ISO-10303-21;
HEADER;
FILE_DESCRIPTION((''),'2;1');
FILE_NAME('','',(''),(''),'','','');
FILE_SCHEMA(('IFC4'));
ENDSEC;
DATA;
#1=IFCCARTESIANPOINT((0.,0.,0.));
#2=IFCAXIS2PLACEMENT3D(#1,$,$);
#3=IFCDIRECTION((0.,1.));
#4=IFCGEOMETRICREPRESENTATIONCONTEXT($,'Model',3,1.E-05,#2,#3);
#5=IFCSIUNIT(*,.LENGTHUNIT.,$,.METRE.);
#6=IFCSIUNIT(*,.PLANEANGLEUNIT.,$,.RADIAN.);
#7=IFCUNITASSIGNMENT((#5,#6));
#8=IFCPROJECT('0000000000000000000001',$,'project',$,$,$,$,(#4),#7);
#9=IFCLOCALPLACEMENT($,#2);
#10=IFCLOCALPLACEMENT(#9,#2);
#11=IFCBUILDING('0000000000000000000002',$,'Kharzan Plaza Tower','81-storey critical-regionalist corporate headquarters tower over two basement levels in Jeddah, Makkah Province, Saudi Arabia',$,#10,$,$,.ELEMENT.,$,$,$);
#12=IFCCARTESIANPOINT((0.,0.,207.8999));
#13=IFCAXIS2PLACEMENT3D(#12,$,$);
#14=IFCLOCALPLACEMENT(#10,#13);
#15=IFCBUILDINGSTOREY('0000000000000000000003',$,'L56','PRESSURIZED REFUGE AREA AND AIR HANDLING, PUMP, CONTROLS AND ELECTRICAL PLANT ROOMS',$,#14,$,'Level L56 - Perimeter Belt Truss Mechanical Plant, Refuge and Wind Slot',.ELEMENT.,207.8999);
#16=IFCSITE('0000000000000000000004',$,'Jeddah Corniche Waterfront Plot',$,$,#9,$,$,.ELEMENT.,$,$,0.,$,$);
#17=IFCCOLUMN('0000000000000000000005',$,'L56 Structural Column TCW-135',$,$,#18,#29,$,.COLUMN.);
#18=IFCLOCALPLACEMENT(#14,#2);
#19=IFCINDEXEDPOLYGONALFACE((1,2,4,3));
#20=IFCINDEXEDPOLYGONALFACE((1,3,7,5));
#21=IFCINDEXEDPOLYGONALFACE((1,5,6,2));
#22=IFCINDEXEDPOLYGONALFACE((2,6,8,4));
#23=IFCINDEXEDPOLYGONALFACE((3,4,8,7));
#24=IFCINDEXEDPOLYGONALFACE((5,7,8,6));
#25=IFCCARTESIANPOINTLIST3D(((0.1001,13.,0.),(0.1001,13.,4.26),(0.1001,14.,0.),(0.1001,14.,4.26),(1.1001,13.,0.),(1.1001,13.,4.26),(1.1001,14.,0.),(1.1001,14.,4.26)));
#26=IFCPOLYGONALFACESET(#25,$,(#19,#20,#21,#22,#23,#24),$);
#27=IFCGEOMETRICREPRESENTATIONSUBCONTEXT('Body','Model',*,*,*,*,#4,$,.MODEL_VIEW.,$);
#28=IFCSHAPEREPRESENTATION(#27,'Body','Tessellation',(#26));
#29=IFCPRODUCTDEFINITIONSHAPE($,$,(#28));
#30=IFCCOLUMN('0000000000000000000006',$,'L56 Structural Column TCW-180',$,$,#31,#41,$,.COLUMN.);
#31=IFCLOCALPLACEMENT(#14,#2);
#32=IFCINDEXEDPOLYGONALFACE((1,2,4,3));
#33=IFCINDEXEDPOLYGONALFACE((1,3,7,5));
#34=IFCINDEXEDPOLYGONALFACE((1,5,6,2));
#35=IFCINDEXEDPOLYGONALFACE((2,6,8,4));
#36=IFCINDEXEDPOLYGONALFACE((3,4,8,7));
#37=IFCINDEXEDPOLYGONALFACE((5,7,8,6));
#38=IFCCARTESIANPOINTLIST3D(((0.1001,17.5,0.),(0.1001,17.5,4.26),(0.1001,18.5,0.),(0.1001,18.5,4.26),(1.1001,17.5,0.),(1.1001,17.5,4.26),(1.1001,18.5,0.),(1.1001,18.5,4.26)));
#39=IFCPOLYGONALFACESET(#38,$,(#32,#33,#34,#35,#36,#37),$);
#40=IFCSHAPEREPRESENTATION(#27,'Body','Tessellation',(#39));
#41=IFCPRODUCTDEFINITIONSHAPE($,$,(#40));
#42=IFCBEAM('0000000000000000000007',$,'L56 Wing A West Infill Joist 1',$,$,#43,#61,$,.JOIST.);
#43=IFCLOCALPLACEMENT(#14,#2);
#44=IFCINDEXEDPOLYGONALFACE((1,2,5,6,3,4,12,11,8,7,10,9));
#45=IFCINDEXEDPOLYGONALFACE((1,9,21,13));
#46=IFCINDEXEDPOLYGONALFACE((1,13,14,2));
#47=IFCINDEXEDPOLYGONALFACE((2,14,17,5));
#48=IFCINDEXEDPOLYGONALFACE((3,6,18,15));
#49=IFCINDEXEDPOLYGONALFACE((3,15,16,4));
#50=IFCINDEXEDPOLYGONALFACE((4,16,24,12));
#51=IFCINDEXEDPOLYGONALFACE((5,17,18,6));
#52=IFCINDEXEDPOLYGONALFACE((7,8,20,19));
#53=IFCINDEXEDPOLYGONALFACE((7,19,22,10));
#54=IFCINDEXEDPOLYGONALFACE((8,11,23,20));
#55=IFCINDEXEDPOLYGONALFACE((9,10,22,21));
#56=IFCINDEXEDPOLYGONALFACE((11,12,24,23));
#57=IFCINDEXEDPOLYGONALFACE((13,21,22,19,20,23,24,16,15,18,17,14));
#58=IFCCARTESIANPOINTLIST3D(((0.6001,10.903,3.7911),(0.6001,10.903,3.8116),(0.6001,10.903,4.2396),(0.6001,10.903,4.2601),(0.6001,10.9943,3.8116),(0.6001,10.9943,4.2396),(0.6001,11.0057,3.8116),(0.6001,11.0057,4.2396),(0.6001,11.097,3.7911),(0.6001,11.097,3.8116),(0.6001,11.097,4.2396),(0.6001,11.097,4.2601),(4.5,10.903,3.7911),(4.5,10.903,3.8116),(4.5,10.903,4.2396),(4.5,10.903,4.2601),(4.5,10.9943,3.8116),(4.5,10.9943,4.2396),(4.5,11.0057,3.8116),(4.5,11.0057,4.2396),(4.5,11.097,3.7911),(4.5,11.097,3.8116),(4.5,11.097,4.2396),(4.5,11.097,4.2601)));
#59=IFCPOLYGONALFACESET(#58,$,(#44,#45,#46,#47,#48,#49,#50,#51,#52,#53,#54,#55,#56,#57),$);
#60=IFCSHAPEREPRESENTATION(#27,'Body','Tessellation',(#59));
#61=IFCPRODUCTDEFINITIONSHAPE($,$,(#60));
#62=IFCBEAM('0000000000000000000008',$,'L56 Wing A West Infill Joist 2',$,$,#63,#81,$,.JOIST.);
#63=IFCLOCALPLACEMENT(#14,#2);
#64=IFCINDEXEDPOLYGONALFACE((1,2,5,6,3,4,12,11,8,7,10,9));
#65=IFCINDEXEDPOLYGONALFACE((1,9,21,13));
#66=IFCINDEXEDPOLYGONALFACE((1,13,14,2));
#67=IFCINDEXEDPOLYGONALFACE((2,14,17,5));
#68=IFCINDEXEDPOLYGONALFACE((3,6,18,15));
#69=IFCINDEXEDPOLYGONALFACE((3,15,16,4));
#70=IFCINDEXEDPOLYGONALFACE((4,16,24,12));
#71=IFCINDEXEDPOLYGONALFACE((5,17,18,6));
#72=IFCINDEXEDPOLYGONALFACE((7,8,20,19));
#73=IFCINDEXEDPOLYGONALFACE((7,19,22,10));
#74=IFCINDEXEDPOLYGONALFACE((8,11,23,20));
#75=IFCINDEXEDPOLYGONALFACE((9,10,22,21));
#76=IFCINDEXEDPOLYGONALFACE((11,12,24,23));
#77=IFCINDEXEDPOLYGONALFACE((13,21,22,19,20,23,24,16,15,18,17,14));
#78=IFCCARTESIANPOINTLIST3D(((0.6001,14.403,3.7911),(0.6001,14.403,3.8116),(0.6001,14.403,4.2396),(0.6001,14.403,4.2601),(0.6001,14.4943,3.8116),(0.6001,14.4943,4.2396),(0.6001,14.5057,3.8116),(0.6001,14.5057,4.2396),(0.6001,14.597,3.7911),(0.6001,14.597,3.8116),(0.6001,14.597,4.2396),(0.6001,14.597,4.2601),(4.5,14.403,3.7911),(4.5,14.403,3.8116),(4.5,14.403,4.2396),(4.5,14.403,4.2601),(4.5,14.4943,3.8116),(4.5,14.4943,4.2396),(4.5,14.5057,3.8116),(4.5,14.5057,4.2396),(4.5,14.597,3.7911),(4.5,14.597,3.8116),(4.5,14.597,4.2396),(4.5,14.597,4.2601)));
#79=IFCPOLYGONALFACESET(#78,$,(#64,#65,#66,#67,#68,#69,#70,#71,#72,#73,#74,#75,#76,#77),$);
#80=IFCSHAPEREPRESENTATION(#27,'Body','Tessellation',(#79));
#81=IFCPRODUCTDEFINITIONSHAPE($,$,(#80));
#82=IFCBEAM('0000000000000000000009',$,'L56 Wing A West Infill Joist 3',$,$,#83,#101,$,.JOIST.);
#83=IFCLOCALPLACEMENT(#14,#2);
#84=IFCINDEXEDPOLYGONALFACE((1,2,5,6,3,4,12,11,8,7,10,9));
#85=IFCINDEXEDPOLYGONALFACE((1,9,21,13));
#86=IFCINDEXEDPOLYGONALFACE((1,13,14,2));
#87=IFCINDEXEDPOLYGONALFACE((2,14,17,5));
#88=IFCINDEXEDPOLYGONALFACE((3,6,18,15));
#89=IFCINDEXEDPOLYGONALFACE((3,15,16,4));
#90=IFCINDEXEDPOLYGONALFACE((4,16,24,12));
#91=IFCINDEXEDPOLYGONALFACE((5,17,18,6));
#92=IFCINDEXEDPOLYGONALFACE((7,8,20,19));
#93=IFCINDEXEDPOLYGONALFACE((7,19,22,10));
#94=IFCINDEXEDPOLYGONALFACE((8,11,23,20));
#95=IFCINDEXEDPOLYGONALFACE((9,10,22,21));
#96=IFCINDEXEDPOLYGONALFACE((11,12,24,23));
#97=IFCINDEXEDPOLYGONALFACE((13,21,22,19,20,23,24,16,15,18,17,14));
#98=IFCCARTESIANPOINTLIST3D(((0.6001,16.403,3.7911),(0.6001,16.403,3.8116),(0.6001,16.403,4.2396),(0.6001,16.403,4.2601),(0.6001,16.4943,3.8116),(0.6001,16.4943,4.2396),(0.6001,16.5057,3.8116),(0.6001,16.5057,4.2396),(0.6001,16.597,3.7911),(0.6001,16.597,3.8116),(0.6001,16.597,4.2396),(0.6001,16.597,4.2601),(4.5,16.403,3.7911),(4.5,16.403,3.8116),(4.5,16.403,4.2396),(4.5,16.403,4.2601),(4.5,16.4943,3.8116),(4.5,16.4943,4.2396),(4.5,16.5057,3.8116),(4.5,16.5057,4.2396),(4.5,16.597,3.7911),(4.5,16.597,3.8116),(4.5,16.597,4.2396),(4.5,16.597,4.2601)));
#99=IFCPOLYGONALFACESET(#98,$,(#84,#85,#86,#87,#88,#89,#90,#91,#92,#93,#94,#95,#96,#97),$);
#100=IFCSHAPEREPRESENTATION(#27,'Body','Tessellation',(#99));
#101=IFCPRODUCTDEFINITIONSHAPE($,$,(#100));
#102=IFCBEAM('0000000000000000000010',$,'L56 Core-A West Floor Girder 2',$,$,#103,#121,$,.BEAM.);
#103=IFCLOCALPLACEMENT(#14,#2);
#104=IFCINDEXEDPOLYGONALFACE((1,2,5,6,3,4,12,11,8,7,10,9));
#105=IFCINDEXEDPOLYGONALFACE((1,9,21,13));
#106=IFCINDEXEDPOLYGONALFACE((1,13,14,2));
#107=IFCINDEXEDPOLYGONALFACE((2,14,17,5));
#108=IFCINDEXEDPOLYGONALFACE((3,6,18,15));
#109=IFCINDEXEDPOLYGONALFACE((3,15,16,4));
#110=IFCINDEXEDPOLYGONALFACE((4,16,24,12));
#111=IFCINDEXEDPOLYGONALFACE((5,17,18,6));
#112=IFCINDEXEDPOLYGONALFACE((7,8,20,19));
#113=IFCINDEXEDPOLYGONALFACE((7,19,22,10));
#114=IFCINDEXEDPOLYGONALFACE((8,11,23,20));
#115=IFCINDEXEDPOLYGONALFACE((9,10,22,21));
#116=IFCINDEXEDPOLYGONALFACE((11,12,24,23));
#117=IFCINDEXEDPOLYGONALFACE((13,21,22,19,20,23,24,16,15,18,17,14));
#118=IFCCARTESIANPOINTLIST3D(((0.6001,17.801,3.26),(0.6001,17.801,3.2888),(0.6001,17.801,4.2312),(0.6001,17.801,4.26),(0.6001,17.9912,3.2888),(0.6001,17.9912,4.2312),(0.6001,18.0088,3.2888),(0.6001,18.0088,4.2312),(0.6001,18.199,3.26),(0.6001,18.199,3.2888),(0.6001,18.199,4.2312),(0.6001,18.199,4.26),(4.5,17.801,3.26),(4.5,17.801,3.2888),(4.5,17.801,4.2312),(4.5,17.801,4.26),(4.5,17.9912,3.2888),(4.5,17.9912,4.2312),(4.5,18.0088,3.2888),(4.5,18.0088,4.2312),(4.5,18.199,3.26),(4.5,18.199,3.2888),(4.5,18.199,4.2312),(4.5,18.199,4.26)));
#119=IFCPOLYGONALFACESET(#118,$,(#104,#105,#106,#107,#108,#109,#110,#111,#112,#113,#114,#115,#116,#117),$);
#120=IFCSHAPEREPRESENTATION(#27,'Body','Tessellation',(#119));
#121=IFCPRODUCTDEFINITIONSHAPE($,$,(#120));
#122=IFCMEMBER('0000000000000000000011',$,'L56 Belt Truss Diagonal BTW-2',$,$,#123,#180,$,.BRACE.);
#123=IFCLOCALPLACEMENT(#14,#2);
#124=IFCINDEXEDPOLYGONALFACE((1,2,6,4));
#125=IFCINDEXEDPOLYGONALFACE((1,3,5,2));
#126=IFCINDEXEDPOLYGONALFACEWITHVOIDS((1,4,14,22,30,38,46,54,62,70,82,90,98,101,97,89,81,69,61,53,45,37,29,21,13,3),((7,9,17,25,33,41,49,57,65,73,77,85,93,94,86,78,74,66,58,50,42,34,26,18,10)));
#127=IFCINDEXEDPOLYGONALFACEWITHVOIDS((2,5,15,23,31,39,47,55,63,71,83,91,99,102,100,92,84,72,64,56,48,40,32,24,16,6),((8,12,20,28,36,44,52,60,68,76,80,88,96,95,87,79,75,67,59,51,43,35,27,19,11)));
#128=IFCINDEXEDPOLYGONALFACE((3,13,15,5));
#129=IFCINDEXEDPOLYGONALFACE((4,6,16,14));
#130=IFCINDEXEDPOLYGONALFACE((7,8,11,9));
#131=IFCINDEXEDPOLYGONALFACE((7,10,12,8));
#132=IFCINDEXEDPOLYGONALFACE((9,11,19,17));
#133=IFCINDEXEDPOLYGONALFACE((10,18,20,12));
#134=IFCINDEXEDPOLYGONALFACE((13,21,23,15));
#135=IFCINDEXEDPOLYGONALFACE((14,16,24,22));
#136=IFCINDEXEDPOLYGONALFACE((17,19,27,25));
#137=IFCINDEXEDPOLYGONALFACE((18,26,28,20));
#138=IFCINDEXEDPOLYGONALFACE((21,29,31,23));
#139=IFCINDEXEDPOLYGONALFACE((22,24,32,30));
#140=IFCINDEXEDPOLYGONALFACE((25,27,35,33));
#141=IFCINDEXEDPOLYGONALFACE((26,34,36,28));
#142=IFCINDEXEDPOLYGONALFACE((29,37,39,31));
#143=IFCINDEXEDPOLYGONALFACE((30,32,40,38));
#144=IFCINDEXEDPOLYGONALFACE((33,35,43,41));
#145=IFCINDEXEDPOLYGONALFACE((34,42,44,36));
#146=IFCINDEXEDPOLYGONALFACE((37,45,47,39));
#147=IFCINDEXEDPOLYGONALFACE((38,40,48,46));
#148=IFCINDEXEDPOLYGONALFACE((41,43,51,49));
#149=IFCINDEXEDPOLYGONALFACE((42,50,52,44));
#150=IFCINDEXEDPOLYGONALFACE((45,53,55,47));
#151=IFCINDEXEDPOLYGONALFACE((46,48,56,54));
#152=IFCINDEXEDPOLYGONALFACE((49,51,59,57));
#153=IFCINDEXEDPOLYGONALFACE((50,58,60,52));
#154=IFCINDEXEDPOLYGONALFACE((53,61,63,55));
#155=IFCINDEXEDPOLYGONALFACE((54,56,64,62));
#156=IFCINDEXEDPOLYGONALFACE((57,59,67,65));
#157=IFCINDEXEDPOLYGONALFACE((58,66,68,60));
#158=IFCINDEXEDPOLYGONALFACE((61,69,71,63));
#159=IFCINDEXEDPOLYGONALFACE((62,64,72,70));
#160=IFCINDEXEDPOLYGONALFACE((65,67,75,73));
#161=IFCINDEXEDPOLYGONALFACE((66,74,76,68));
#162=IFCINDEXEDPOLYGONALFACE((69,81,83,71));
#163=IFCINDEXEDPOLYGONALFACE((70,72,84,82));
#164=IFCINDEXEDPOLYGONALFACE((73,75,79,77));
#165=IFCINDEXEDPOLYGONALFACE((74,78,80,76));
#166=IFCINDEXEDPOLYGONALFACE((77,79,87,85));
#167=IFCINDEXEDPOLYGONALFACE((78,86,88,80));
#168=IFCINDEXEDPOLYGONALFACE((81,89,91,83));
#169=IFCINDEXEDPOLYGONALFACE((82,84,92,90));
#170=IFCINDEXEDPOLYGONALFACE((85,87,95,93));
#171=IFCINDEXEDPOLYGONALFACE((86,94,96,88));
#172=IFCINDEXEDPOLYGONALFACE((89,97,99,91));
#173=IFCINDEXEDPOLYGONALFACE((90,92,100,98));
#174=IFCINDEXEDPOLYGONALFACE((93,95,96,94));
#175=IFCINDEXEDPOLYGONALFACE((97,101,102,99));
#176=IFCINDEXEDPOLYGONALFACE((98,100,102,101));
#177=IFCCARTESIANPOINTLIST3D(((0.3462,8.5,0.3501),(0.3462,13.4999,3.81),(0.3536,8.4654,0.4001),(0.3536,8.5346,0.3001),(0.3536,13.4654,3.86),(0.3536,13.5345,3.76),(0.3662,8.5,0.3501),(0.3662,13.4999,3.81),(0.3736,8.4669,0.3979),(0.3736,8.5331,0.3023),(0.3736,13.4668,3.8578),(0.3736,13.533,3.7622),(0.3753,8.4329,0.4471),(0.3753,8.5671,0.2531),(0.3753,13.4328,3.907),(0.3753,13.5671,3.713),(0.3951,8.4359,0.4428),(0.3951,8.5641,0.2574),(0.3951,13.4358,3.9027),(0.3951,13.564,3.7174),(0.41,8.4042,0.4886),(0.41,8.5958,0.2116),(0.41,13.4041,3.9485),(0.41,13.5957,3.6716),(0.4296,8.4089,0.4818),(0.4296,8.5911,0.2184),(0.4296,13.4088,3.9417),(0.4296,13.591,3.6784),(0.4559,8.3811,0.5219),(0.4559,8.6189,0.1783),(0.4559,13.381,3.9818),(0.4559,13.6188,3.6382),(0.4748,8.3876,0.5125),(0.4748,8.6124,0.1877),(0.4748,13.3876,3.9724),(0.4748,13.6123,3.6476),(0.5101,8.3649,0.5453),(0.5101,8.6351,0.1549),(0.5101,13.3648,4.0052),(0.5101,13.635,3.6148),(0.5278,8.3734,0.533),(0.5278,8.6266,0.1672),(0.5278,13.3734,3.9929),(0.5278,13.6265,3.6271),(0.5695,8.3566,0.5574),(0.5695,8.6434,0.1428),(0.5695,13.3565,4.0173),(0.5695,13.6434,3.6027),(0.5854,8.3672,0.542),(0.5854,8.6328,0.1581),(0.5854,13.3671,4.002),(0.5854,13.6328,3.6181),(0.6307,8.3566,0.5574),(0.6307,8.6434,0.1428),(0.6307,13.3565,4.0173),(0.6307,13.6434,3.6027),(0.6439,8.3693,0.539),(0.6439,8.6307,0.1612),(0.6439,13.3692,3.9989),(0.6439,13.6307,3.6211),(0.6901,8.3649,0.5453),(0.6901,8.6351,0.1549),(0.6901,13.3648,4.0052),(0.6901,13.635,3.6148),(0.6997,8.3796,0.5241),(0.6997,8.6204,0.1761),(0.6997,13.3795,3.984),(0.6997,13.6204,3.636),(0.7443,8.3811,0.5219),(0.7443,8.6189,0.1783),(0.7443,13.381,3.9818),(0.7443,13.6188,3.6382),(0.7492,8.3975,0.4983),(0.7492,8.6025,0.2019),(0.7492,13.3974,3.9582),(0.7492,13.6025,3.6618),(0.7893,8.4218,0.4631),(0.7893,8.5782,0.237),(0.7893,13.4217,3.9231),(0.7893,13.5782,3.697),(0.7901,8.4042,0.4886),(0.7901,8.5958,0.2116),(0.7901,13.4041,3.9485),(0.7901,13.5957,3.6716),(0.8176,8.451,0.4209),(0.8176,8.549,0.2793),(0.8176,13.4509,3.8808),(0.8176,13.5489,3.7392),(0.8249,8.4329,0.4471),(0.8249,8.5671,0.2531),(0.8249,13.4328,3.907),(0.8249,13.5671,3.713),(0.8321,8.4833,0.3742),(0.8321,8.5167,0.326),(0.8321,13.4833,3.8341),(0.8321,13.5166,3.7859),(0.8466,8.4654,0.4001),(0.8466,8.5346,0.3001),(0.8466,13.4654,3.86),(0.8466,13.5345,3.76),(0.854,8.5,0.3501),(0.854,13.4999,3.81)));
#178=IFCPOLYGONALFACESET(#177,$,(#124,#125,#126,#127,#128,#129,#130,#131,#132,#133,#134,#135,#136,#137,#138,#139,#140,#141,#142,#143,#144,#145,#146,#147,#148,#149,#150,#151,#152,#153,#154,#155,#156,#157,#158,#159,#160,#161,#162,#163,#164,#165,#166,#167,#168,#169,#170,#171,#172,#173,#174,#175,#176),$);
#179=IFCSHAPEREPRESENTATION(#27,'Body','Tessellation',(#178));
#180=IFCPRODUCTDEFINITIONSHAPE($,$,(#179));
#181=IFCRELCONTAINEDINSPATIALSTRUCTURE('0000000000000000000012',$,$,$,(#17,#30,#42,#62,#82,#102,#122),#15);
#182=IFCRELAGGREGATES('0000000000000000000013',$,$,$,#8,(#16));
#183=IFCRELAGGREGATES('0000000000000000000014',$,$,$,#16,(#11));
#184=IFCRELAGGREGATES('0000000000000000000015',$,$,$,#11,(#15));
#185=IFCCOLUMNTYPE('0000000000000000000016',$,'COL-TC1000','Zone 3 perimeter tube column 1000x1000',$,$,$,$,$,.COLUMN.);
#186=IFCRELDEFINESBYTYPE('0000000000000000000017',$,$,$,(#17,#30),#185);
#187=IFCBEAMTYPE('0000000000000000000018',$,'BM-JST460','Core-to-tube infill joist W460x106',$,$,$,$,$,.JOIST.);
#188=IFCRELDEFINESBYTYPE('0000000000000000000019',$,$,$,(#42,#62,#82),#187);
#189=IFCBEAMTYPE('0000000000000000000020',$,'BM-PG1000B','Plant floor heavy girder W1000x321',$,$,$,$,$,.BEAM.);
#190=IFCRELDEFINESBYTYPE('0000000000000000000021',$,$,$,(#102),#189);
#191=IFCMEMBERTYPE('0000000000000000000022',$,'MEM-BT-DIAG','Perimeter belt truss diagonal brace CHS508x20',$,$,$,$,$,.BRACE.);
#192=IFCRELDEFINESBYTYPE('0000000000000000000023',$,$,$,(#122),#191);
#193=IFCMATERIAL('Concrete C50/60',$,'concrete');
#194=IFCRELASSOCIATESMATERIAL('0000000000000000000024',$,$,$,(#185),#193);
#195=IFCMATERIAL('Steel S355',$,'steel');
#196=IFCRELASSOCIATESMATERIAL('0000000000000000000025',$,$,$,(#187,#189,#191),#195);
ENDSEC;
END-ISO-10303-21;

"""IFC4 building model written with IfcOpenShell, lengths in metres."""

from ifc_helpers import new_model, si_unit, direction, frame, origin, origin_2d, place, context, subcontext, project, spatial, rectangle, hollow_circle, i_section, extrude, source, transform, mapped, material, material_profile, profile_set, type_object, element, save


model = new_model("IFC4")

# Units and contexts
model_context = context("Model", 3, precision=1e-05, world=origin(), true_north=direction((0.0, 1.0)))
body_context = subcontext(model_context, "Body", "Model", "MODEL_VIEW")
ifc_project = project(units=[si_unit("LENGTHUNIT", "METRE"), si_unit("PLANEANGLEUNIT", "RADIAN")], contexts=[model_context])

# Site, building, storey
site_placement = place(None, origin())
site = spatial("IfcSite", under=ifc_project, at=site_placement, Name="Jeddah Corniche Waterfront Plot", CompositionType="ELEMENT", RefElevation=0.0)
building_placement = place(site_placement, origin())
building = spatial("IfcBuilding", under=site, at=building_placement, Name="Kharzan Plaza Tower", Description="81-storey critical-regionalist corporate headquarters tower over two basement levels in Jeddah, Makkah Province, Saudi Arabia", CompositionType="ELEMENT")
storey_placement = place(building_placement, frame((0.0, 0.0, 207.8999)))
storey = spatial("IfcBuildingStorey", under=building, at=storey_placement, Name="L56", Description="PRESSURIZED REFUGE AREA AND AIR HANDLING, PUMP, CONTROLS AND ELECTRICAL PLANT ROOMS", LongName="Level L56 - Perimeter Belt Truss Mechanical Plant, Refuge and Wind Slot", CompositionType="ELEMENT", Elevation=207.8999)

# Columns
ifc_material_1 = material(Name="Concrete C50/60", Category="concrete")
ifc_material_profile_1 = material_profile(ifc_material_1, rectangle(XDim=1.0, YDim=1.0, at=origin_2d()), Name="RC-TC1000x1000")
ifc_profile_set_1 = profile_set([ifc_material_profile_1], Name="Concrete C50/60")
column_type = type_object("IfcColumnType", Name="COL-TC1000", Description="Zone 3 perimeter tube column 1000x1000", PredefinedType="COLUMN", material=ifc_profile_set_1)
shared_shape_1 = source(origin(), body_context, "Body", "SweptSolid", [
    extrude(rectangle(XDim=1.0, YDim=1.0, at=origin_2d()), origin(), (0.0, 0.0, 1.0), 4.26),
])
for number, where, z_axis, x_axis, name in (
    (1, (0.6001, 13.5, 0.0), (0.0, 0.0, 1.0), (1.0, 0.0, 0.0), "L56 Structural Column TCW-135"),
    (2, (0.6001, 18.0, 0.0), (0.0, 0.0, 1.0), (1.0, 0.0, 0.0), "L56 Structural Column TCW-180"),
):
    element("IfcColumn", number, at=place(storey_placement, frame(where, z_axis=z_axis, x_axis=x_axis)), inside=storey, type_object=column_type, Name=name, PredefinedType="COLUMN", context=body_context, shape_type="MappedRepresentation", body=[
        mapped(shared_shape_1, transform((0.0, 0.0, 0.0), x_axis=(1.0, 0.0, 0.0), y_axis=(0.0, 1.0, 0.0), z_axis=(0.0, 0.0, 1.0))),
    ])

# Beams
ifc_material_2 = material(Name="Steel S355", Category="steel")
ifc_material_profile_2 = material_profile(ifc_material_2, i_section(OverallWidth=0.1941, OverallDepth=0.469, WebThickness=0.0115, FlangeThickness=0.0205, at=origin_2d()), Name="W460x106")
ifc_profile_set_2 = profile_set([ifc_material_profile_2], Name="Steel S355")
beam_type_1 = type_object("IfcBeamType", Name="BM-JST460", Description="Core-to-tube infill joist W460x106", PredefinedType="JOIST", material=ifc_profile_set_2)
shared_shape_2 = source(origin(), body_context, "Body", "SweptSolid", [
    extrude(i_section(OverallWidth=0.1941, OverallDepth=0.469, WebThickness=0.0115, FlangeThickness=0.0205, at=origin_2d()), origin(), (0.0, 0.0, 1.0), 3.8999),
])
for number, where, z_axis, x_axis, name in (
    (3, (0.6001, 11.0, 4.0256), (1.0, 0.0, 0.0), (0.0, 1.0, 0.0), "L56 Wing A West Infill Joist 1"),
    (4, (0.6001, 14.5, 4.0256), (1.0, 0.0, 0.0), (0.0, 1.0, 0.0), "L56 Wing A West Infill Joist 2"),
    (5, (0.6001, 16.5, 4.0256), (1.0, 0.0, 0.0), (0.0, 1.0, 0.0), "L56 Wing A West Infill Joist 3"),
):
    element("IfcBeam", number, at=place(storey_placement, frame(where, z_axis=z_axis, x_axis=x_axis)), inside=storey, type_object=beam_type_1, Name=name, PredefinedType="JOIST", context=body_context, shape_type="MappedRepresentation", body=[
        mapped(shared_shape_2, transform((0.0, 0.0, 0.0), x_axis=(1.0, 0.0, 0.0), y_axis=(0.0, 1.0, 0.0), z_axis=(0.0, 0.0, 1.0))),
    ])
ifc_material_profile_3 = material_profile(ifc_material_2, i_section(OverallWidth=0.3979, OverallDepth=1.0, WebThickness=0.0176, FlangeThickness=0.0288, at=origin_2d()), Name="W1000x321")
ifc_profile_set_3 = profile_set([ifc_material_profile_3], Name="Steel S355")
beam_type_2 = type_object("IfcBeamType", Name="BM-PG1000B", Description="Plant floor heavy girder W1000x321", PredefinedType="BEAM", material=ifc_profile_set_3)
shared_shape_3 = source(origin(), body_context, "Body", "SweptSolid", [
    extrude(i_section(OverallWidth=0.3979, OverallDepth=1.0, WebThickness=0.0176, FlangeThickness=0.0288, at=origin_2d()), origin(), (0.0, 0.0, 1.0), 3.8999),
])
beam_placement = place(storey_placement, frame((0.6001, 18.0, 3.76), z_axis=(1.0, 0.0, 0.0), x_axis=(0.0, 1.0, 0.0)))
element("IfcBeam", 6, at=beam_placement, inside=storey, type_object=beam_type_2, Name="L56 Core-A West Floor Girder 2", PredefinedType="BEAM", context=body_context, shape_type="MappedRepresentation", body=[
    mapped(shared_shape_3, transform((0.0, 0.0, 0.0), x_axis=(1.0, 0.0, 0.0), y_axis=(0.0, 1.0, 0.0), z_axis=(0.0, 0.0, 1.0))),
])

# Member
ifc_material_profile_4 = material_profile(ifc_material_2, hollow_circle(Radius=0.2539, WallThickness=0.02, at=origin_2d()), Name="CHS508x20")
ifc_profile_set_4 = profile_set([ifc_material_profile_4], Name="Steel S355")
member_type = type_object("IfcMemberType", Name="MEM-BT-DIAG", Description="Perimeter belt truss diagonal brace CHS508x20", PredefinedType="BRACE", material=ifc_profile_set_4)
shared_shape_4 = source(origin(), body_context, "Body", "SweptSolid", [
    extrude(hollow_circle(Radius=0.2539, WallThickness=0.02, at=origin_2d()), origin(), (0.0, 0.0, 1.0), 6.0803),
])
member_placement = place(storey_placement, frame((0.6001, 8.5, 0.3501), z_axis=(0.0, 0.822314, 0.569035), x_axis=(-1.0, 0.0, 0.0)))
element("IfcMember", 7, at=member_placement, inside=storey, type_object=member_type, Name="L56 Belt Truss Diagonal BTW-2", PredefinedType="BRACE", context=body_context, shape_type="MappedRepresentation", body=[
    mapped(shared_shape_4, transform((0.0, 0.0, 0.0), x_axis=(1.0, 0.0, 0.0), y_axis=(0.0, 1.0, 0.0), z_axis=(0.0, 0.0, 1.0))),
])

save(model, "model.ifc")
